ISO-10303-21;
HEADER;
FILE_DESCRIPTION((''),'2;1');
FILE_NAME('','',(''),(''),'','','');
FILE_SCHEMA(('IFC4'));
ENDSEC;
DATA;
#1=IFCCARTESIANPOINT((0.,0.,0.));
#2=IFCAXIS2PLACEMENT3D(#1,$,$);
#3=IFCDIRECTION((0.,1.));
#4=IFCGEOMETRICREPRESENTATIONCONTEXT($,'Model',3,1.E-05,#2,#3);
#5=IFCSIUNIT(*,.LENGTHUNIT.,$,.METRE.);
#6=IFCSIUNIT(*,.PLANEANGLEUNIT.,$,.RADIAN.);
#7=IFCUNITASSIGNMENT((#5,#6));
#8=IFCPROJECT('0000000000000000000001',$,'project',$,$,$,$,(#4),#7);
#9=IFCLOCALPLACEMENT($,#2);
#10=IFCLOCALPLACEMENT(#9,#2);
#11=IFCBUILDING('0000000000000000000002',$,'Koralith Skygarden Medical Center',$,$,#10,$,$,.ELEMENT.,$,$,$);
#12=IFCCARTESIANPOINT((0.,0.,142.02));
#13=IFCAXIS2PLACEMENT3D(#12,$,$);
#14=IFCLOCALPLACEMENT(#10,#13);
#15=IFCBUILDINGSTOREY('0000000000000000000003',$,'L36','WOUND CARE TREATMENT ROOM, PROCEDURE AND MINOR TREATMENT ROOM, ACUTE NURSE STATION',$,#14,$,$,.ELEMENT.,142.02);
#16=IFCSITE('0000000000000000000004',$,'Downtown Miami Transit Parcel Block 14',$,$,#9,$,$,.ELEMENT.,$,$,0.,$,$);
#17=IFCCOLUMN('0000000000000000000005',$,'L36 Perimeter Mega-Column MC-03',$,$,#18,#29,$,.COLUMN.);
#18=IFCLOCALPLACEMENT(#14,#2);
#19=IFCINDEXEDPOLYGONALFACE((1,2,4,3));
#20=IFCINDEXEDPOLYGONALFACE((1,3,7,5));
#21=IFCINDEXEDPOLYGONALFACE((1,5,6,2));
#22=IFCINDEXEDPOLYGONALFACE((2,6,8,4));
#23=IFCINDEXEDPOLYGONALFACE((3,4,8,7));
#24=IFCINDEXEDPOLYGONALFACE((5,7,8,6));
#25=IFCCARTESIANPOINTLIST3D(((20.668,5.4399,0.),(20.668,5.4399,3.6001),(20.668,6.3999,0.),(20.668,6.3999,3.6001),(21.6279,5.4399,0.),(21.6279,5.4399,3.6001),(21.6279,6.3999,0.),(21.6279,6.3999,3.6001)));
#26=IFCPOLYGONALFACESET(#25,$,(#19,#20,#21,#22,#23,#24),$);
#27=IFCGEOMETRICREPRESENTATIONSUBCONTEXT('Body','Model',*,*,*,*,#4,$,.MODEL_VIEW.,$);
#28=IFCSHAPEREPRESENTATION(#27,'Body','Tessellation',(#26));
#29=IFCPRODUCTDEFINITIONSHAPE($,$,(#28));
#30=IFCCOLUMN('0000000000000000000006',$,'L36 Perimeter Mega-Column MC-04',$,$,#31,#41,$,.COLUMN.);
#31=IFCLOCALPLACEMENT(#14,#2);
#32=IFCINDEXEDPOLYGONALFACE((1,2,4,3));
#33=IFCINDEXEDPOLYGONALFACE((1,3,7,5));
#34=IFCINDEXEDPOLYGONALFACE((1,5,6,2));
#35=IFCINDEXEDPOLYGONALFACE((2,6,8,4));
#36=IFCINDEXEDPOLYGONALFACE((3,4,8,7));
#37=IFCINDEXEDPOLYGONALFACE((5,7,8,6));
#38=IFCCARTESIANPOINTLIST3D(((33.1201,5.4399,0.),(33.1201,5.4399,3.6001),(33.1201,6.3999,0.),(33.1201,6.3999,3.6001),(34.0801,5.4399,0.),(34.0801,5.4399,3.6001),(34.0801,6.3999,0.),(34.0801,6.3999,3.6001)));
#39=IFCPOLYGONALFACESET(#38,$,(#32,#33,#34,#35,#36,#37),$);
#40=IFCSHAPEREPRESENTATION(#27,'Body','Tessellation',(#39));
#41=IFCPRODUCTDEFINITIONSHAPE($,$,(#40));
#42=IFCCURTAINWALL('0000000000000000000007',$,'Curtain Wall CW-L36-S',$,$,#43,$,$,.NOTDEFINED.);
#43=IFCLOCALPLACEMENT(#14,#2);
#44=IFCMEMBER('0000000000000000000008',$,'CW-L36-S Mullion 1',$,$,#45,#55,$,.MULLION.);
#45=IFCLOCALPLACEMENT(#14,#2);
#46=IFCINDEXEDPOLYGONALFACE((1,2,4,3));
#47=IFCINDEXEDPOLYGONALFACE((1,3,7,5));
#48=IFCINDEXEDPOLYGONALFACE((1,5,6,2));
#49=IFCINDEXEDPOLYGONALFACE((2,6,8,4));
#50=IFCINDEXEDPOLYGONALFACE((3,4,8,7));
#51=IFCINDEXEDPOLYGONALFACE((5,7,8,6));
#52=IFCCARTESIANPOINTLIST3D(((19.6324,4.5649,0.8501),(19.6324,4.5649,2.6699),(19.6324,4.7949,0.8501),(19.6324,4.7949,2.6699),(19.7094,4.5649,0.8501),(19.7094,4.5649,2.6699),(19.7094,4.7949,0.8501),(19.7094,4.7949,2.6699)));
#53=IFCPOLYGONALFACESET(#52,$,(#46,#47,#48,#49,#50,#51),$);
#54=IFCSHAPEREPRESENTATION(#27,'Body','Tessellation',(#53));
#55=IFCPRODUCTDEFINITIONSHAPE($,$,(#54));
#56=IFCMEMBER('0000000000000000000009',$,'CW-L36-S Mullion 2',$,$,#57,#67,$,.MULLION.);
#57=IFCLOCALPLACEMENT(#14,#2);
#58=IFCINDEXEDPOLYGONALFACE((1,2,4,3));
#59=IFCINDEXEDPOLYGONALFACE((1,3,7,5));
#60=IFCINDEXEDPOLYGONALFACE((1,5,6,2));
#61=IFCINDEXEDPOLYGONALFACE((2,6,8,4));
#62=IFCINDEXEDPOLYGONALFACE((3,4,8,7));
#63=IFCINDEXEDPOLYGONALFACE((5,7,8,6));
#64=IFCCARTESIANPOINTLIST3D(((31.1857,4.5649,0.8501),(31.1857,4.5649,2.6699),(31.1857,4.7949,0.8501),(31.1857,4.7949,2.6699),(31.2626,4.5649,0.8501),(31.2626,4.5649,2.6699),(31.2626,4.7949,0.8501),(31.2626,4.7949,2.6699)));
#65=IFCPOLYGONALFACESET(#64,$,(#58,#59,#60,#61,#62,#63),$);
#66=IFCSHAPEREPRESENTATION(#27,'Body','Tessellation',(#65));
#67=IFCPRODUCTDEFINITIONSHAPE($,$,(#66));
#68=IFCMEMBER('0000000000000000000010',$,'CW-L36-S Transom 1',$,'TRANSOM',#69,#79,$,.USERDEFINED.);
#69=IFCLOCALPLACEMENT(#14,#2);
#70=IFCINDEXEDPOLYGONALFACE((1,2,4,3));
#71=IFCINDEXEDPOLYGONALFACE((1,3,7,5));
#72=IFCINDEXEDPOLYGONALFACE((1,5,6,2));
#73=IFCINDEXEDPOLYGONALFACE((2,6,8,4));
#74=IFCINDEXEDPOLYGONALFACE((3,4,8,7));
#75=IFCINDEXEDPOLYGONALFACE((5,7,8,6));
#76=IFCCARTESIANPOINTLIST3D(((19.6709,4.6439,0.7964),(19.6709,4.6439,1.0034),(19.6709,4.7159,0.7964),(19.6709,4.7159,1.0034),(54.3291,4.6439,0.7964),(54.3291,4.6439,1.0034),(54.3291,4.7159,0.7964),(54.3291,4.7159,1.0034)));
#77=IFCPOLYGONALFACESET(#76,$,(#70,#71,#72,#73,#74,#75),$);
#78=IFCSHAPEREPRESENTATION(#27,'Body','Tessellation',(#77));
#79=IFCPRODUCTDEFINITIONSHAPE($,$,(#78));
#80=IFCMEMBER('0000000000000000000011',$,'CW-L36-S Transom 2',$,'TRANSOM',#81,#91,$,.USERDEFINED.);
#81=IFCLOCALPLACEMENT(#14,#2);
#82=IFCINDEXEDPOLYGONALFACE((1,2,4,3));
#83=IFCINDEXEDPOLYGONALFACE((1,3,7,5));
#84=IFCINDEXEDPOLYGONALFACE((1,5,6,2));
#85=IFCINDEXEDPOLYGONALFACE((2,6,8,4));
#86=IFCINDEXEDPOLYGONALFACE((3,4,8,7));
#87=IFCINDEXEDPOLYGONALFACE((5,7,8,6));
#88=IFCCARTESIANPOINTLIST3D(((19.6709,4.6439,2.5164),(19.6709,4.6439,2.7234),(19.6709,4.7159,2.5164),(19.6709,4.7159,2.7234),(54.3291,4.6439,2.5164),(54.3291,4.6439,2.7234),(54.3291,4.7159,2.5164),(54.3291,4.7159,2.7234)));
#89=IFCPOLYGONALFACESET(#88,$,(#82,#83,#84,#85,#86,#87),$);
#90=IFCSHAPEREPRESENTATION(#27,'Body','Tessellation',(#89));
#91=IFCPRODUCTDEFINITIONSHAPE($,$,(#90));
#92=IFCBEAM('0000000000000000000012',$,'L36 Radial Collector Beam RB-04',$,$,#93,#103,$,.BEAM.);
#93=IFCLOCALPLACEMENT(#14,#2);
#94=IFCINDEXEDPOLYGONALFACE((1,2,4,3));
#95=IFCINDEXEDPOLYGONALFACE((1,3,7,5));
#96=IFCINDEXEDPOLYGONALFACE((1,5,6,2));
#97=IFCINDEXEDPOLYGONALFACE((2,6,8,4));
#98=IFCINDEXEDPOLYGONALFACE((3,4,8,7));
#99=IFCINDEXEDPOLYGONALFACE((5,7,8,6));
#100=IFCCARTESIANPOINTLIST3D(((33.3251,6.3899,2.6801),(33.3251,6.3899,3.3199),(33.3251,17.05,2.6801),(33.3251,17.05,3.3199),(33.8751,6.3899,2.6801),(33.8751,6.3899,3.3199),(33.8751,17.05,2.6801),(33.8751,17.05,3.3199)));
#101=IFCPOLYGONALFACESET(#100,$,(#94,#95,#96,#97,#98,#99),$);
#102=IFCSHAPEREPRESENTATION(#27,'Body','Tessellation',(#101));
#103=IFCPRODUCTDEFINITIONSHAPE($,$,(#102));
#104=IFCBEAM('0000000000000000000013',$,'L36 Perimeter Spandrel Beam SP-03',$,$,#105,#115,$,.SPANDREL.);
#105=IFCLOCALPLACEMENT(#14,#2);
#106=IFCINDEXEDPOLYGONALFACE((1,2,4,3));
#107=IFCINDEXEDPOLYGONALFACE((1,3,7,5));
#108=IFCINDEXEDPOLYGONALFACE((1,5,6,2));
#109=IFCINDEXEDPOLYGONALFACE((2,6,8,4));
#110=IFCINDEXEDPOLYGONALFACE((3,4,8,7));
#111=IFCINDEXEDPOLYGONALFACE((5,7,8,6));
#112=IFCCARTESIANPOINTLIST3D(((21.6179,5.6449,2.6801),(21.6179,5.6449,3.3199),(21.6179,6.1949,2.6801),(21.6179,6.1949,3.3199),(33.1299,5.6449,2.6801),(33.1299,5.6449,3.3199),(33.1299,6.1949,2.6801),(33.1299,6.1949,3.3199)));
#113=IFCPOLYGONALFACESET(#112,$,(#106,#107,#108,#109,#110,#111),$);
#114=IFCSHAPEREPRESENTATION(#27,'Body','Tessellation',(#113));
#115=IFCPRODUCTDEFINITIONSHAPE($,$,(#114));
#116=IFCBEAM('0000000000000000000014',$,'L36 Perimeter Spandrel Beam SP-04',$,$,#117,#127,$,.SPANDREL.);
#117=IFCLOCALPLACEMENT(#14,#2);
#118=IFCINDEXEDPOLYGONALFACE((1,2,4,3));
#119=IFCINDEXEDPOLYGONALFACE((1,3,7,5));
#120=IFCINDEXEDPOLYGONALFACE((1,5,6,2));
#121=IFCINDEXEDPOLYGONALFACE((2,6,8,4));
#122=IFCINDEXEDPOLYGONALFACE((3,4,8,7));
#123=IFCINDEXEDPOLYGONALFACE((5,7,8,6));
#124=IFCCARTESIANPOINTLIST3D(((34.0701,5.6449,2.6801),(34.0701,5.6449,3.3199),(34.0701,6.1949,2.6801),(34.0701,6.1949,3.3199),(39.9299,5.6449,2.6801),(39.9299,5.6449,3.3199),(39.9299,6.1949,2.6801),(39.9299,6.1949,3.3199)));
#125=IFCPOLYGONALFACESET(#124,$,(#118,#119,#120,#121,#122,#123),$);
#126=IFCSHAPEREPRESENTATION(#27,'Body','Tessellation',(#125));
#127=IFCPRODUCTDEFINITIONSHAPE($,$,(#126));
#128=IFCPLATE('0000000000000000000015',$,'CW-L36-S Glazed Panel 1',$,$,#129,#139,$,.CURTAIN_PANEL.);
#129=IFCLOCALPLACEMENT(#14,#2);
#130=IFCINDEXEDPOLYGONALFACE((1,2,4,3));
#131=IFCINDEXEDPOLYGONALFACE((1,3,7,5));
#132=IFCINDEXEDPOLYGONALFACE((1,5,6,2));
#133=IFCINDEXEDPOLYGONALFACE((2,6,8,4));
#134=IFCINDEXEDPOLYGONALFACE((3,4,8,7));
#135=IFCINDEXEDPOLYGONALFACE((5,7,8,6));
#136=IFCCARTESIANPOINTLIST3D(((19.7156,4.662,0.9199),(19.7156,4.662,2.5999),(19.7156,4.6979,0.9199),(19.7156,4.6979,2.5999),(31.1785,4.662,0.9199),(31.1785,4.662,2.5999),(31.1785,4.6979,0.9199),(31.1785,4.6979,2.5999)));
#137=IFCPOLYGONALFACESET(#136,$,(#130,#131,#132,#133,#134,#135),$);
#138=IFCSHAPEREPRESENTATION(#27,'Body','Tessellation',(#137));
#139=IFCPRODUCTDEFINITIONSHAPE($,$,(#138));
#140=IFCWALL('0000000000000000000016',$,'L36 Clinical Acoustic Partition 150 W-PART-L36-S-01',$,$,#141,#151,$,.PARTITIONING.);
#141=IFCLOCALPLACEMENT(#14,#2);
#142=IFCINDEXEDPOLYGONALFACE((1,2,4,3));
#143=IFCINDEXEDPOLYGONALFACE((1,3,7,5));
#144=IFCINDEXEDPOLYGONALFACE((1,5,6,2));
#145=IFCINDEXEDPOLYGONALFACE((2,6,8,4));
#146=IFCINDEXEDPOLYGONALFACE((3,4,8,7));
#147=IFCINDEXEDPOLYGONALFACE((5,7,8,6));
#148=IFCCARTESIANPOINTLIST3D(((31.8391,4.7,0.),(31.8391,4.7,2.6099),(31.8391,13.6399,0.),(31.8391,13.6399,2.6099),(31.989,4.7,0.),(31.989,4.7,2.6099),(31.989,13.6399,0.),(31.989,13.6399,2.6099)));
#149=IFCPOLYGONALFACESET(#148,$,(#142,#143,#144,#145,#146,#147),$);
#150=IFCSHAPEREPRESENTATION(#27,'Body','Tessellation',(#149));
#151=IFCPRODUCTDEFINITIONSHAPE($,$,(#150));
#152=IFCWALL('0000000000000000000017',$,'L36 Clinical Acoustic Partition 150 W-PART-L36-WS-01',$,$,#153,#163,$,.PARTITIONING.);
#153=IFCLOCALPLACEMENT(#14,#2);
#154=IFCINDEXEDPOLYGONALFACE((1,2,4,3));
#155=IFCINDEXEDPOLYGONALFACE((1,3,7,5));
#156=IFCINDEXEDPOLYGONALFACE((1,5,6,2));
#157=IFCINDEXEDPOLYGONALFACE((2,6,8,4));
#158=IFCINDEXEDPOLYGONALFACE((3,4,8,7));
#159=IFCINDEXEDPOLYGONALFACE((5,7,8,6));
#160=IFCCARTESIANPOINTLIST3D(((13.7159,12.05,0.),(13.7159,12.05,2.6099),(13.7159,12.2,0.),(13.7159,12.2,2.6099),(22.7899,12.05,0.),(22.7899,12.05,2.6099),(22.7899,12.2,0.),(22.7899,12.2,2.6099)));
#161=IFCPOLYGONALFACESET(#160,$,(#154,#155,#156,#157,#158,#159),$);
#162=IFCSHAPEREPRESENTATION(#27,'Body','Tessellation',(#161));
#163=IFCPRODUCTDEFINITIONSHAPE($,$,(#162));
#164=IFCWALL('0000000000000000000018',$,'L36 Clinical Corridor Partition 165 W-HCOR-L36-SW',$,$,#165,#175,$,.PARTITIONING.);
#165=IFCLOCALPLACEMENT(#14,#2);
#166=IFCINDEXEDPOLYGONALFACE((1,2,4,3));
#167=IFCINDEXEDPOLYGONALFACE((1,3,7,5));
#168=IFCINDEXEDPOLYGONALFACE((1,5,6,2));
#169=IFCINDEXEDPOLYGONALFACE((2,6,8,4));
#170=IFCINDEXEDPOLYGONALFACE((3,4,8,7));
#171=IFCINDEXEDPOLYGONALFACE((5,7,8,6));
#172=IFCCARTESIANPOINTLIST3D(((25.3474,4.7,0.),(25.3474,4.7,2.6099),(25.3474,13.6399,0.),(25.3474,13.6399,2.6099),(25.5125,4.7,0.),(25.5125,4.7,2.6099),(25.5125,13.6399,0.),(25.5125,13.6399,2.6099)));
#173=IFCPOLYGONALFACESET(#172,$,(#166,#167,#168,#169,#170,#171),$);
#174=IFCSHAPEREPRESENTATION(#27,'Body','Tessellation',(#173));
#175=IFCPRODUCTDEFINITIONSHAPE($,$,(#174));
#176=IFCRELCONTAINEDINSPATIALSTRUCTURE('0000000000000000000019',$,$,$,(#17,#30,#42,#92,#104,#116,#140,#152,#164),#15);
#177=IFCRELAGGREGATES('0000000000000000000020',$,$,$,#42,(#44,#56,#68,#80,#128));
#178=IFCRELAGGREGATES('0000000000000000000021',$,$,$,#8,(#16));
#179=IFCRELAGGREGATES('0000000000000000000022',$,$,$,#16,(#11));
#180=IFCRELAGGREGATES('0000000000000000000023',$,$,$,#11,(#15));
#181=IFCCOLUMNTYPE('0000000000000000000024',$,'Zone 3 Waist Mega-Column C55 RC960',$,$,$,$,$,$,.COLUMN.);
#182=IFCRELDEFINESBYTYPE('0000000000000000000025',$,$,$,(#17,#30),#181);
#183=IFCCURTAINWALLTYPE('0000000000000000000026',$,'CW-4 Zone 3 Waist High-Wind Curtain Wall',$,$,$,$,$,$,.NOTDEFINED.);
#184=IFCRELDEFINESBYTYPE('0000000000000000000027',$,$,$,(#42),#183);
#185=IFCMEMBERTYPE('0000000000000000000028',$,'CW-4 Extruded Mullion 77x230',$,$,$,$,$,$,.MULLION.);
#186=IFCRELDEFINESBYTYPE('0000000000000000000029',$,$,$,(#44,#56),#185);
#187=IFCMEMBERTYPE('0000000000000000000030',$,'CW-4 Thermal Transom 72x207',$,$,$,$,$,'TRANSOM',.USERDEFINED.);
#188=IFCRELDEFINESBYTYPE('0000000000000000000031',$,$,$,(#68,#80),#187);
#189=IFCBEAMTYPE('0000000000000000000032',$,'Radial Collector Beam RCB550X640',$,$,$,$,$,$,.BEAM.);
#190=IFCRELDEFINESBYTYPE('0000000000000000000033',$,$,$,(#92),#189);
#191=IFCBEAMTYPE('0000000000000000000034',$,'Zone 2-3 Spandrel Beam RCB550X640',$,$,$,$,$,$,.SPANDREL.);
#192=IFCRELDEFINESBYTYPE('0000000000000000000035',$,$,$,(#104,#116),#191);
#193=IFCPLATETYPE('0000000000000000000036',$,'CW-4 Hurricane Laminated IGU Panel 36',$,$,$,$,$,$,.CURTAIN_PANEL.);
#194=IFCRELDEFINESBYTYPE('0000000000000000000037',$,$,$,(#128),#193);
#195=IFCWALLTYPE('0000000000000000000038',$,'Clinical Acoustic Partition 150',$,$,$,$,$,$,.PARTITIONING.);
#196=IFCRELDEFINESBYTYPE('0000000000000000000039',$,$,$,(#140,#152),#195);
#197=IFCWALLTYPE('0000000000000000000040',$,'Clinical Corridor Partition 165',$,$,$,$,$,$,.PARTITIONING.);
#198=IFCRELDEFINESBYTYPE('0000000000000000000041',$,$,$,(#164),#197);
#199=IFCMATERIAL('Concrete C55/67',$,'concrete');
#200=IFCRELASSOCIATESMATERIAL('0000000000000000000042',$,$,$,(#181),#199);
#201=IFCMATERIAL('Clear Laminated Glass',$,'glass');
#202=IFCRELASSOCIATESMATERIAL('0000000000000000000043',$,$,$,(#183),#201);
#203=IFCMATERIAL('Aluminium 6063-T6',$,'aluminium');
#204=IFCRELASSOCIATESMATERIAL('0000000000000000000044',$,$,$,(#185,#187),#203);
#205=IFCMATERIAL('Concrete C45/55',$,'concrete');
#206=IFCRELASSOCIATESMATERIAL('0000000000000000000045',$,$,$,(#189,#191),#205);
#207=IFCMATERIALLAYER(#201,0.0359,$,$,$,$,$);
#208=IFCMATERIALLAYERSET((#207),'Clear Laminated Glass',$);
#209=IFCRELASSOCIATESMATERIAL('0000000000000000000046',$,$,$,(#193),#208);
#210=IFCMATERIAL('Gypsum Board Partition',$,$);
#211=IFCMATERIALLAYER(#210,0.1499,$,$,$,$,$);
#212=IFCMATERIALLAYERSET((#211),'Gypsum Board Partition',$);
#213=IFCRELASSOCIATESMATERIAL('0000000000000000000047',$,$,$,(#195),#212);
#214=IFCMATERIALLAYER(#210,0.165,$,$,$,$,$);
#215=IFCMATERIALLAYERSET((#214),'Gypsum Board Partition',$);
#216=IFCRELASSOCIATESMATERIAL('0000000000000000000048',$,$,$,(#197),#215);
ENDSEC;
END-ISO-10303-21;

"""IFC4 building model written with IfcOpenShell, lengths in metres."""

from ifc_helpers import new_model, si_unit, direction, frame, frame_2d, origin, origin_2d, place, context, subcontext, project, spatial, rectangle, extrude, material, layer, layer_set, material_profile, profile_set, type_object, element, aggregate, save


model = new_model("IFC4")

# Units and contexts
model_context = context("Model", 3, precision=1e-05, world=origin(), true_north=direction((0.0, 1.0)))
body_context = subcontext(model_context, "Body", "Model", "MODEL_VIEW")
ifc_project = project(units=[si_unit("LENGTHUNIT", "METRE"), si_unit("PLANEANGLEUNIT", "RADIAN")], contexts=[model_context])

# Site, building, storey
site_placement = place(None, origin())
site = spatial("IfcSite", under=ifc_project, at=site_placement, Name="Downtown Miami Transit Parcel Block 14", CompositionType="ELEMENT", RefElevation=0.0)
building_placement = place(site_placement, origin())
building = spatial("IfcBuilding", under=site, at=building_placement, Name="Koralith Skygarden Medical Center", CompositionType="ELEMENT")
storey_placement = place(building_placement, frame((0.0, 0.0, 142.02)))
storey = spatial("IfcBuildingStorey", under=building, at=storey_placement, Name="L36", Description="WOUND CARE TREATMENT ROOM, PROCEDURE AND MINOR TREATMENT ROOM, ACUTE NURSE STATION", CompositionType="ELEMENT", Elevation=142.02)

# Columns
ifc_material_1 = material(Name="Concrete C55/67", Category="concrete")
ifc_material_profile_1 = material_profile(ifc_material_1, rectangle(XDim=0.96, YDim=0.96, at=origin_2d()), Name="RC960X960")
ifc_profile_set_1 = profile_set([ifc_material_profile_1], Name="Concrete C55/67")
column_type = type_object("IfcColumnType", Name="Zone 3 Waist Mega-Column C55 RC960", PredefinedType="COLUMN", material=ifc_profile_set_1)
for number, where, z_axis, x_axis, name in (
    (1, (21.1479, 5.9199, 0.0), (0.0, 0.0, 1.0), (1.0, 0.0, 0.0), "L36 Perimeter Mega-Column MC-03"),
    (2, (33.6001, 5.9199, 0.0), (0.0, 0.0, 1.0), (1.0, 0.0, 0.0), "L36 Perimeter Mega-Column MC-04"),
):
    element("IfcColumn", number, at=place(storey_placement, frame(where, z_axis=z_axis, x_axis=x_axis)), inside=storey, type_object=column_type, Name=name, PredefinedType="COLUMN", context=body_context, shape_type="SweptSolid", body=[
        extrude(rectangle(XDim=0.96, YDim=0.96, at=origin_2d()), origin(), (0.0, 0.0, 1.0), 3.6001),
    ])

# Curtain wall, members
ifc_material_2 = material(Name="Clear Laminated Glass", Category="glass")
curtain_wall_type = type_object("IfcCurtainWallType", Name="CW-4 Zone 3 Waist High-Wind Curtain Wall", PredefinedType="NOTDEFINED", material=ifc_material_2)
curtain_wall_placement = place(storey_placement, origin())
curtain_wall = element("IfcCurtainWall", 3, at=curtain_wall_placement, inside=storey, type_object=curtain_wall_type, Name="Curtain Wall CW-L36-S", PredefinedType="NOTDEFINED")
ifc_material_3 = material(Name="Aluminium 6063-T6", Category="aluminium")
ifc_material_profile_2 = material_profile(ifc_material_3, rectangle(XDim=0.0769, YDim=0.23, at=origin_2d()), Name="MUL77X230")
ifc_profile_set_2 = profile_set([ifc_material_profile_2], Name="Aluminium 6063-T6")
member_type_1 = type_object("IfcMemberType", Name="CW-4 Extruded Mullion 77x230", PredefinedType="MULLION", material=ifc_profile_set_2)
member_1_placement = place(storey_placement, frame((19.6709, 4.6799, 0.8501), z_axis=(0.0, 0.0, 1.0), x_axis=(1.0, 0.0, 0.0)))
member_1 = element("IfcMember", 4, at=member_1_placement, type_object=member_type_1, Name="CW-L36-S Mullion 1", PredefinedType="MULLION", context=body_context, shape_type="SweptSolid", body=[
    extrude(rectangle(XDim=0.0769, YDim=0.23, at=origin_2d()), origin(), (0.0, 0.0, 1.0), 1.8198),
])
member_2_placement = place(storey_placement, frame((31.2241, 4.6799, 0.8501), z_axis=(0.0, 0.0, 1.0), x_axis=(1.0, 0.0, 0.0)))
member_2 = element("IfcMember", 5, at=member_2_placement, type_object=member_type_1, Name="CW-L36-S Mullion 2", PredefinedType="MULLION", context=body_context, shape_type="SweptSolid", body=[
    extrude(rectangle(XDim=0.0769, YDim=0.23, at=origin_2d()), origin(), (0.0, 0.0, 1.0), 1.8198),
])
ifc_material_profile_3 = material_profile(ifc_material_3, rectangle(XDim=0.072, YDim=0.207, at=origin_2d()), Name="TRN72X207")
ifc_profile_set_3 = profile_set([ifc_material_profile_3], Name="Aluminium 6063-T6")
member_type_2 = type_object("IfcMemberType", Name="CW-4 Thermal Transom 72x207", ElementType="TRANSOM", PredefinedType="USERDEFINED", material=ifc_profile_set_3)
member_3_placement = place(storey_placement, frame((19.6709, 4.6799, 0.8999), z_axis=(1.0, 0.0, 0.0), x_axis=(0.0, 1.0, 0.0)))
member_3 = element("IfcMember", 6, at=member_3_placement, type_object=member_type_2, Name="CW-L36-S Transom 1", ObjectType="TRANSOM", PredefinedType="USERDEFINED", context=body_context, shape_type="SweptSolid", body=[
    extrude(rectangle(XDim=0.072, YDim=0.207, at=origin_2d()), origin(), (0.0, 0.0, 1.0), 34.6582),
])
member_4_placement = place(storey_placement, frame((19.6709, 4.6799, 2.6199), z_axis=(1.0, 0.0, 0.0), x_axis=(0.0, 1.0, 0.0)))
member_4 = element("IfcMember", 7, at=member_4_placement, type_object=member_type_2, Name="CW-L36-S Transom 2", ObjectType="TRANSOM", PredefinedType="USERDEFINED", context=body_context, shape_type="SweptSolid", body=[
    extrude(rectangle(XDim=0.072, YDim=0.207, at=origin_2d()), origin(), (0.0, 0.0, 1.0), 34.6582),
])

# Beams
ifc_material_4 = material(Name="Concrete C45/55", Category="concrete")
ifc_material_profile_4 = material_profile(ifc_material_4, rectangle(XDim=0.55, YDim=0.6399, at=origin_2d()), Name="RCB550X640")
ifc_profile_set_4 = profile_set([ifc_material_profile_4], Name="Concrete C45/55")
beam_type_1 = type_object("IfcBeamType", Name="Radial Collector Beam RCB550X640", PredefinedType="BEAM", material=ifc_profile_set_4)
beam_1_placement = place(storey_placement, frame((33.6001, 17.05, 3.0), z_axis=(0.0, -1.0, 0.0), x_axis=(1.0, 0.0, 0.0)))
element("IfcBeam", 8, at=beam_1_placement, inside=storey, type_object=beam_type_1, Name="L36 Radial Collector Beam RB-04", PredefinedType="BEAM", context=body_context, shape_type="SweptSolid", body=[
    extrude(rectangle(XDim=0.55, YDim=0.6399, at=origin_2d()), origin(), (0.0, 0.0, 1.0), 10.6602),
])
ifc_material_profile_5 = material_profile(ifc_material_4, rectangle(XDim=0.55, YDim=0.6399, at=origin_2d()), Name="RCB550X640")
ifc_profile_set_5 = profile_set([ifc_material_profile_5], Name="Concrete C45/55")
beam_type_2 = type_object("IfcBeamType", Name="Zone 2-3 Spandrel Beam RCB550X640", PredefinedType="SPANDREL", material=ifc_profile_set_5)
beam_2_placement = place(storey_placement, frame((21.6179, 5.9199, 3.0), z_axis=(1.0, 0.0, 0.0), x_axis=(0.0, 1.0, 0.0)))
element("IfcBeam", 9, at=beam_2_placement, inside=storey, type_object=beam_type_2, Name="L36 Perimeter Spandrel Beam SP-03", PredefinedType="SPANDREL", context=body_context, shape_type="SweptSolid", body=[
    extrude(rectangle(XDim=0.55, YDim=0.6399, at=origin_2d()), origin(), (0.0, 0.0, 1.0), 11.512),
])
beam_3_placement = place(storey_placement, frame((34.0701, 5.9199, 3.0), z_axis=(1.0, 0.0, 0.0), x_axis=(0.0, 1.0, 0.0)))
element("IfcBeam", 10, at=beam_3_placement, inside=storey, type_object=beam_type_2, Name="L36 Perimeter Spandrel Beam SP-04", PredefinedType="SPANDREL", context=body_context, shape_type="SweptSolid", body=[
    extrude(rectangle(XDim=0.55, YDim=0.6399, at=origin_2d()), origin(), (0.0, 0.0, 1.0), 5.8599),
])

# Plate
ifc_layer_1 = layer(ifc_material_2, 0.0359)
ifc_layer_set_1 = layer_set([ifc_layer_1], Name="Clear Laminated Glass")
plate_type = type_object("IfcPlateType", Name="CW-4 Hurricane Laminated IGU Panel 36", PredefinedType="CURTAIN_PANEL", material=ifc_layer_set_1)
plate_placement = place(storey_placement, frame((25.447, 4.6799, 0.9199), z_axis=(0.0, 0.0, 1.0), x_axis=(1.0, 0.0, 0.0)))
plate = element("IfcPlate", 11, at=plate_placement, type_object=plate_type, Name="CW-L36-S Glazed Panel 1", PredefinedType="CURTAIN_PANEL", context=body_context, shape_type="SweptSolid", body=[
    extrude(rectangle(XDim=11.4629, YDim=0.0359, at=origin_2d()), origin(), (0.0, 0.0, 1.0), 1.6799),
])
aggregate(curtain_wall, [member_1, member_2, member_3, member_4, plate])

# Walls
ifc_material_5 = material(Name="Gypsum Board Partition")
ifc_layer_2 = layer(ifc_material_5, 0.1499)
ifc_layer_set_2 = layer_set([ifc_layer_2], Name="Gypsum Board Partition")
wall_type_1 = type_object("IfcWallType", Name="Clinical Acoustic Partition 150", PredefinedType="PARTITIONING", material=ifc_layer_set_2)
wall_1_placement = place(storey_placement, frame((31.9141, 13.6399, 0.0), z_axis=(0.0, 0.0, 1.0), x_axis=(0.0, -1.0, 0.0)))
element("IfcWall", 12, at=wall_1_placement, inside=storey, type_object=wall_type_1, Name="L36 Clinical Acoustic Partition 150 W-PART-L36-S-01", PredefinedType="PARTITIONING", context=body_context, shape_type="SweptSolid", body=[
    extrude(rectangle(XDim=8.9399, YDim=0.1499, at=frame_2d((4.47, 0.0))), origin(), (0.0, 0.0, 1.0), 2.6099),
])
wall_2_placement = place(storey_placement, frame((22.79, 12.125, 0.0), z_axis=(0.0, 0.0, 1.0), x_axis=(-1.0, 0.0, 0.0)))
element("IfcWall", 13, at=wall_2_placement, inside=storey, type_object=wall_type_1, Name="L36 Clinical Acoustic Partition 150 W-PART-L36-WS-01", PredefinedType="PARTITIONING", context=body_context, shape_type="SweptSolid", body=[
    extrude(rectangle(XDim=9.074, YDim=0.1499, at=frame_2d((4.5371, 0.0))), origin(), (0.0, 0.0, 1.0), 2.6099),
])
ifc_layer_3 = layer(ifc_material_5, 0.165)
ifc_layer_set_3 = layer_set([ifc_layer_3], Name="Gypsum Board Partition")
wall_type_2 = type_object("IfcWallType", Name="Clinical Corridor Partition 165", PredefinedType="PARTITIONING", material=ifc_layer_set_3)
wall_3_placement = place(storey_placement, frame((25.4299, 4.7, 0.0), z_axis=(0.0, 0.0, 1.0), x_axis=(0.0, 1.0, 0.0)))
element("IfcWall", 14, at=wall_3_placement, inside=storey, type_object=wall_type_2, Name="L36 Clinical Corridor Partition 165 W-HCOR-L36-SW", PredefinedType="PARTITIONING", context=body_context, shape_type="SweptSolid", body=[
    extrude(rectangle(XDim=8.9399, YDim=0.165, at=frame_2d((4.47, 0.0))), origin(), (0.0, 0.0, 1.0), 2.6099),
])

save(model, "model.ifc")
